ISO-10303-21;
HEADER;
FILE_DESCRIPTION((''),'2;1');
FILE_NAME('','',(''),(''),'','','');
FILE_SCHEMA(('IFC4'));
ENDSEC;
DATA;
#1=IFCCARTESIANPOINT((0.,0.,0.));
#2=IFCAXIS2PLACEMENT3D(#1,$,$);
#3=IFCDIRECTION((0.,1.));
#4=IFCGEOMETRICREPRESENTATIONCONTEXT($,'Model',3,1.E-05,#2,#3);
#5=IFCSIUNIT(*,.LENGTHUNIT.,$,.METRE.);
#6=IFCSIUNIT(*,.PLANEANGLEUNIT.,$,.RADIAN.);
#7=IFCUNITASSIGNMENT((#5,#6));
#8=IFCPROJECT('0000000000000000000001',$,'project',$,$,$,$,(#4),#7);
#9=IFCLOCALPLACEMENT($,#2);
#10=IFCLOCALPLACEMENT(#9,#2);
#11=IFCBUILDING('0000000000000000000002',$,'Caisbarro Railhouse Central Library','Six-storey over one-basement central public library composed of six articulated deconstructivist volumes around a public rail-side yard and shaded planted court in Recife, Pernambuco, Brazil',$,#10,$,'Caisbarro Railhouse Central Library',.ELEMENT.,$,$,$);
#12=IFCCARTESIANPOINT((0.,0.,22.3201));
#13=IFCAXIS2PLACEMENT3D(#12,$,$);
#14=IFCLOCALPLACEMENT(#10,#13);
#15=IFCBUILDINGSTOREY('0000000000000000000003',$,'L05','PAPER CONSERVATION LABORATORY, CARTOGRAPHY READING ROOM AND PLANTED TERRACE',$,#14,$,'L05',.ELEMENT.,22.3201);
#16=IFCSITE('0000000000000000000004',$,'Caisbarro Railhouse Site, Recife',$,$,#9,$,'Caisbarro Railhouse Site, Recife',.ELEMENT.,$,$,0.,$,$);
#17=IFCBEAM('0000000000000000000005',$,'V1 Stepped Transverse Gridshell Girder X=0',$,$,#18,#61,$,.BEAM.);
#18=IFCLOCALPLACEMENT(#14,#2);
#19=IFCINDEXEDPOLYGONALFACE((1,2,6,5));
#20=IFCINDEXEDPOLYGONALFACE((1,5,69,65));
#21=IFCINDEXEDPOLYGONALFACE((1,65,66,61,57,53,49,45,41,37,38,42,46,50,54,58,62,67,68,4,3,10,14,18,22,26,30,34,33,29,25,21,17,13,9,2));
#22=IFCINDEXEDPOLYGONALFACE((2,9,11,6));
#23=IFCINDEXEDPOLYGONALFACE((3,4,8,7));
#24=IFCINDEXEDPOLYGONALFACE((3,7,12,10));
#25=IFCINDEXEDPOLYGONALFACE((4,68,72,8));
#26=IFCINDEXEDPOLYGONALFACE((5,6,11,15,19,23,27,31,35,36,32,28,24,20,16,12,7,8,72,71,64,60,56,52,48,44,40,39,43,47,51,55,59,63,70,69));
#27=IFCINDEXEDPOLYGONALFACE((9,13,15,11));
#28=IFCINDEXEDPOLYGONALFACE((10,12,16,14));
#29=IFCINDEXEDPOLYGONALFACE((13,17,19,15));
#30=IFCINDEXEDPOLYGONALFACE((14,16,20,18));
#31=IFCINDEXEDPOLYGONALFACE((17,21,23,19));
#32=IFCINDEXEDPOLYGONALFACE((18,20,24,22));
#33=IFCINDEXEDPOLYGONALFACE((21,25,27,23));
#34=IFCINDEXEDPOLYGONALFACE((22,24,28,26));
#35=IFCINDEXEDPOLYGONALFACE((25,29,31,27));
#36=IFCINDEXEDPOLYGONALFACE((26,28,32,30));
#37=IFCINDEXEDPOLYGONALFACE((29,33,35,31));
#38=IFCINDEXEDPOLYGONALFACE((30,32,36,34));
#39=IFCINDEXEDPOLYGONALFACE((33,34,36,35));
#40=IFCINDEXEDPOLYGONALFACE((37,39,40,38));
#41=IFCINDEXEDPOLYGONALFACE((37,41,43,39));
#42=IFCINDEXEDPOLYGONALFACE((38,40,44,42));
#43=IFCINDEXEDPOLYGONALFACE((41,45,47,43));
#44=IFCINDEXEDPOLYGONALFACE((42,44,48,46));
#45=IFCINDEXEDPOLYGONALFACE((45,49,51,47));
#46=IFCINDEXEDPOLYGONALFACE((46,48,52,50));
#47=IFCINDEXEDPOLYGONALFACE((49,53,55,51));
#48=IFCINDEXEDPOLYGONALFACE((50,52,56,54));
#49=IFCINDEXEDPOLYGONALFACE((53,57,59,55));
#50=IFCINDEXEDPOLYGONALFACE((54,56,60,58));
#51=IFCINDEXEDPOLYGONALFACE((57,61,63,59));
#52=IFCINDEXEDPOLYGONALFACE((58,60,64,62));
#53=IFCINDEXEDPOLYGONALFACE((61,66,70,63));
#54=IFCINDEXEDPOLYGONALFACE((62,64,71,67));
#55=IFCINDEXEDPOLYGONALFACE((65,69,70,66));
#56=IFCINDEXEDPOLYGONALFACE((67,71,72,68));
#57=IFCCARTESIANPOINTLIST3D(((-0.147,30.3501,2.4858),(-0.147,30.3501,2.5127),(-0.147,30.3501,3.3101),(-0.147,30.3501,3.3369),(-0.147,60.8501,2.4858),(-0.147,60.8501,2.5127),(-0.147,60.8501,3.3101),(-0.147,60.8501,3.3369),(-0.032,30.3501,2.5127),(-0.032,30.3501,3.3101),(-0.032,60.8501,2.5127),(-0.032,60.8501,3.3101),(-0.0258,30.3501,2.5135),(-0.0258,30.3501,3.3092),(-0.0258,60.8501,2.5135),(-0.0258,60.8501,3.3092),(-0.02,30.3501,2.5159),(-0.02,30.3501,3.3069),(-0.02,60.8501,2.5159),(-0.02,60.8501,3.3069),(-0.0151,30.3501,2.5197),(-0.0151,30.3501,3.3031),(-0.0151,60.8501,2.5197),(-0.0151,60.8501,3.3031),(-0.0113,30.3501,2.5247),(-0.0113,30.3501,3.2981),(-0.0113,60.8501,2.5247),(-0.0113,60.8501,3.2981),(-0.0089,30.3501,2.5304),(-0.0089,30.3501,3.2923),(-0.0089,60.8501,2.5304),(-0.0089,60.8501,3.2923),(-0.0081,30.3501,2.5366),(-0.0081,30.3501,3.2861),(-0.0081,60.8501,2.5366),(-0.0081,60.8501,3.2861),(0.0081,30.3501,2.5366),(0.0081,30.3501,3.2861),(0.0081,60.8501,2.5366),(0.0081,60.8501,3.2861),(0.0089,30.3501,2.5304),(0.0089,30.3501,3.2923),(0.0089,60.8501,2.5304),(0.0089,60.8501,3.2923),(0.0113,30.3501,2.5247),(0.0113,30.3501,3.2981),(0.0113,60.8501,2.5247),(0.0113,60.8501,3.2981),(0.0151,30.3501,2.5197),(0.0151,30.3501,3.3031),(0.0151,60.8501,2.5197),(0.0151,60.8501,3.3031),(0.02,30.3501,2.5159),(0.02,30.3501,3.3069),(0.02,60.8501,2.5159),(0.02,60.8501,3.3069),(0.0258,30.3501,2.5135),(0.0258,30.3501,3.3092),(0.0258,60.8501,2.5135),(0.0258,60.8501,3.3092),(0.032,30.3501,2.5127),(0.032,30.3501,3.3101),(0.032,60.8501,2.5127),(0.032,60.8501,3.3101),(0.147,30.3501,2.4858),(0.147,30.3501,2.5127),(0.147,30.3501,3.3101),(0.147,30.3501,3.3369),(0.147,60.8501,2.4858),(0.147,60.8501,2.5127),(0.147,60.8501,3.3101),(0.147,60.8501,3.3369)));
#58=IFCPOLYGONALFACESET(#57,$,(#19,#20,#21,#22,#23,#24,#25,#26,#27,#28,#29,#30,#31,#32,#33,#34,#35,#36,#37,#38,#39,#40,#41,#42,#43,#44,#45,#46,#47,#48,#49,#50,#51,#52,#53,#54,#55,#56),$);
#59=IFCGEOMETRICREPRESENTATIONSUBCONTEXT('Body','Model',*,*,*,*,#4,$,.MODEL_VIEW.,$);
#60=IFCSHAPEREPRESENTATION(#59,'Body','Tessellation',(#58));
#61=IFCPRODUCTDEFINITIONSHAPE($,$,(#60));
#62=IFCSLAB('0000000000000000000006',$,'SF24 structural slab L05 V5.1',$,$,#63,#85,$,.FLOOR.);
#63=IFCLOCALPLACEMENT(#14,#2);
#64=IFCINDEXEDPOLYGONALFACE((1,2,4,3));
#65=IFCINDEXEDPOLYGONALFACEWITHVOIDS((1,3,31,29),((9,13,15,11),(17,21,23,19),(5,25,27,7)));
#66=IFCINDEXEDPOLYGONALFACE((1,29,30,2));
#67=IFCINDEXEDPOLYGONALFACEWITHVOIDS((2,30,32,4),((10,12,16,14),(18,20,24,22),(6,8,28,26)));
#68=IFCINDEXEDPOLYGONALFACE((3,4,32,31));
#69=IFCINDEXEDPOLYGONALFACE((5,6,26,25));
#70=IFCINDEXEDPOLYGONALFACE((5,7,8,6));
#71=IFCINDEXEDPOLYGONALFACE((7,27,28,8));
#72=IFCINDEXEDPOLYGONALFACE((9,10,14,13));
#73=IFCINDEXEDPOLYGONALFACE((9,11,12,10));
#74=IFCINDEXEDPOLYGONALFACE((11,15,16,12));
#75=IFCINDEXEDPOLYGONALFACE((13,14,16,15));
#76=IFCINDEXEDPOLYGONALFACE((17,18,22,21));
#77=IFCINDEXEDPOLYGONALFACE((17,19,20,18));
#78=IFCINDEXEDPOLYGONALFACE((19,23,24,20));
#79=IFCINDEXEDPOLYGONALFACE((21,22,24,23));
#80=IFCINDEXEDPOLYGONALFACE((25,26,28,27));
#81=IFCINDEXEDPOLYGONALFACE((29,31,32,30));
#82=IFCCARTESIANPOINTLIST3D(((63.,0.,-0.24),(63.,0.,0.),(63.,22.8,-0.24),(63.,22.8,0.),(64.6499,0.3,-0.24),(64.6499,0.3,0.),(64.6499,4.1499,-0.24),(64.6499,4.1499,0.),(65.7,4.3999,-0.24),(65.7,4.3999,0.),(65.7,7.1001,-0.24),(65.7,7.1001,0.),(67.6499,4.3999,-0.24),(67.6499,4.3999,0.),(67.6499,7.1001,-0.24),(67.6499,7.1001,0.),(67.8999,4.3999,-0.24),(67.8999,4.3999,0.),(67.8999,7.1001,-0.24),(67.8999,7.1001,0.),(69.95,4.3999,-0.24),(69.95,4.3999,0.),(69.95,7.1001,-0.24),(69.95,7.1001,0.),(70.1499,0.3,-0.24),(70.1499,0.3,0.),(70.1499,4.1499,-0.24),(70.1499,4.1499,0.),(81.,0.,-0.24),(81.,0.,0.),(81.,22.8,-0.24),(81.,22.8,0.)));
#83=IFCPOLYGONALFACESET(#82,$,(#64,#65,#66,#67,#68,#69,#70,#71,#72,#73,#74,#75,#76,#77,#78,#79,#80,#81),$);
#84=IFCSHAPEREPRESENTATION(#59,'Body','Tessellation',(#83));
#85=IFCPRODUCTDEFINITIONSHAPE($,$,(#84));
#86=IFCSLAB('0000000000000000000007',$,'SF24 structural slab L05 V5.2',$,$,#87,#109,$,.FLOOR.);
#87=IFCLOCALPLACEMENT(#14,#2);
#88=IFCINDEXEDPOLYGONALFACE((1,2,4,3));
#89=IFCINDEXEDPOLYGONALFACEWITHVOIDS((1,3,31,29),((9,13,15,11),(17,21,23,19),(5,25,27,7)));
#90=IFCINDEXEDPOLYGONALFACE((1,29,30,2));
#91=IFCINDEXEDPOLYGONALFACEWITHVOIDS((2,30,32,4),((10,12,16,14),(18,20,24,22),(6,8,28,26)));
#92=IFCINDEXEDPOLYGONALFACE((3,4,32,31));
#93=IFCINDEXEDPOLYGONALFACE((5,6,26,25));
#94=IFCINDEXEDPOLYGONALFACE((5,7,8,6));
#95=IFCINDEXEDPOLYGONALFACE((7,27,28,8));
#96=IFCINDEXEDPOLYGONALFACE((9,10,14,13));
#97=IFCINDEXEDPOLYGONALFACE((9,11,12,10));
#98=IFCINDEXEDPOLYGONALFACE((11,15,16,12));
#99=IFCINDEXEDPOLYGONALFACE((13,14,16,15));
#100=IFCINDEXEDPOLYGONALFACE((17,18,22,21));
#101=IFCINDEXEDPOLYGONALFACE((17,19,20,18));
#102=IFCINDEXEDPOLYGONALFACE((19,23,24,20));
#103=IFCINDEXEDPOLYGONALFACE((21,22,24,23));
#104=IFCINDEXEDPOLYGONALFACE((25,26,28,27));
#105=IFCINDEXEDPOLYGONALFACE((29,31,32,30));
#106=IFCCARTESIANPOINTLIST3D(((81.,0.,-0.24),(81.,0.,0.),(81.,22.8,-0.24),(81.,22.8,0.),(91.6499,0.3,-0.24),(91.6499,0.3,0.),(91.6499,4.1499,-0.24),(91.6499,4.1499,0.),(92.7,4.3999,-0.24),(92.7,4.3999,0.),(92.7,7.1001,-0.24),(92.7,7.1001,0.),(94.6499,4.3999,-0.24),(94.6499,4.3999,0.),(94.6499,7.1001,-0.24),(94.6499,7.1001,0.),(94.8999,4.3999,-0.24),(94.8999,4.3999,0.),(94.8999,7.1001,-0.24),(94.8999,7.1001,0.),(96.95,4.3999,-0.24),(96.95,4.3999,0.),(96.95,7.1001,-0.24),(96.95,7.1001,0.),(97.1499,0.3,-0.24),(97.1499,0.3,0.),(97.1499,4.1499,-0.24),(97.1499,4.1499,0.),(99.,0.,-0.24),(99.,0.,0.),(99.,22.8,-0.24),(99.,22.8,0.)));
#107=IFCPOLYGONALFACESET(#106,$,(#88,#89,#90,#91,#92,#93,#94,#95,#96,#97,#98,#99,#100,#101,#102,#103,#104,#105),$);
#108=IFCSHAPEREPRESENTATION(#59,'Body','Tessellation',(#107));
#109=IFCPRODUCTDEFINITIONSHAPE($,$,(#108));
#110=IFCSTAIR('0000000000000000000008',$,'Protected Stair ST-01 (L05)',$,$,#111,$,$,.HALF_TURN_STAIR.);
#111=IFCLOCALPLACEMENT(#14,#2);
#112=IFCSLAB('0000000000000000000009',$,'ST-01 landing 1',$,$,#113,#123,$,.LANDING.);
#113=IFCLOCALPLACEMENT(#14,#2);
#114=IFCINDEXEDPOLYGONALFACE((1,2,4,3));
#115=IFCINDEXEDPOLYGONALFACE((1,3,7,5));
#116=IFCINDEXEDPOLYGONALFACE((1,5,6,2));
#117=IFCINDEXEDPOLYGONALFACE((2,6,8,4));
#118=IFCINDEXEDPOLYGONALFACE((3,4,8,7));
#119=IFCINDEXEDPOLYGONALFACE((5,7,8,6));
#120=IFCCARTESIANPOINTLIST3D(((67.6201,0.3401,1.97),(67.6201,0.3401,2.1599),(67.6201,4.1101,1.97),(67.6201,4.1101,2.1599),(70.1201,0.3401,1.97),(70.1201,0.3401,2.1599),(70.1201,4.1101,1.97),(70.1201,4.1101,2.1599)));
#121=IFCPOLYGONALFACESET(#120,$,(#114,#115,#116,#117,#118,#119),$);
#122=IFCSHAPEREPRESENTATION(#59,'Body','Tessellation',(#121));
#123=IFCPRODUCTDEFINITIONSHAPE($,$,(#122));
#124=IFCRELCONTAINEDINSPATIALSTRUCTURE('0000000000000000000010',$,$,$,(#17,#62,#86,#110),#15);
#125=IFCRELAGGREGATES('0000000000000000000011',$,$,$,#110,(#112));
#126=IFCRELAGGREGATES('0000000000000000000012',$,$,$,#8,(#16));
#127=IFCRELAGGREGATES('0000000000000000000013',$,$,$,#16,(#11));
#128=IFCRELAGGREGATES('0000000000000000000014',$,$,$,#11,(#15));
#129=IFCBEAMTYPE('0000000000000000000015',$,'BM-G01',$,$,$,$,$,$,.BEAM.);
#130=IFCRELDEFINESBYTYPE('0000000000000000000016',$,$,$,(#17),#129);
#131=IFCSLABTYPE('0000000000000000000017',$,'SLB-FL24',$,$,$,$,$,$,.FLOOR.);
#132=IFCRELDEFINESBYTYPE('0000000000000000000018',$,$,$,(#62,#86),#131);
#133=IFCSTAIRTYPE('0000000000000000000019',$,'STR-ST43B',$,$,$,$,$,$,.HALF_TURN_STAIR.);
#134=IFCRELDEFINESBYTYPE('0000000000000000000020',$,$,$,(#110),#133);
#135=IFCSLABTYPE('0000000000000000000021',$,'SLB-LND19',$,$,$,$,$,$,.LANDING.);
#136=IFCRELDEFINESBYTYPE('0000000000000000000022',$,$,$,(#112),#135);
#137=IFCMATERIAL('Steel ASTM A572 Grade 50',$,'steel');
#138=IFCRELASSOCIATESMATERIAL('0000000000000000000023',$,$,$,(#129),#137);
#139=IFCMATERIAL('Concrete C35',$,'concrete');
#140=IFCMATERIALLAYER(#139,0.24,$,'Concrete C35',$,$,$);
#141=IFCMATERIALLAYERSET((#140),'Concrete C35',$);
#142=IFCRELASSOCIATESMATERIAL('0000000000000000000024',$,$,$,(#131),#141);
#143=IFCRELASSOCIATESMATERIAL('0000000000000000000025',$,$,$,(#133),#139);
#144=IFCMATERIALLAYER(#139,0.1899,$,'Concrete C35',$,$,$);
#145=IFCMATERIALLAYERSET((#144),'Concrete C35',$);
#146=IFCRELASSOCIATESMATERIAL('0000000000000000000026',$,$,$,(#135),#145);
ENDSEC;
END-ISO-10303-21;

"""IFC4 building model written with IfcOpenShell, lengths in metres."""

from ifc_helpers import new_model, si_unit, direction, frame, origin, origin_2d, place, context, subcontext, project, spatial, polyline, i_section, outline, extrude, material, layer, layer_set, material_profile, profile_set, type_object, element, aggregate, save


model = new_model("IFC4")

# Units and contexts
model_context = context("Model", 3, precision=1e-05, world=origin(), true_north=direction((0.0, 1.0)))
body_context = subcontext(model_context, "Body", "Model", "MODEL_VIEW")
ifc_project = project(units=[si_unit("LENGTHUNIT", "METRE"), si_unit("PLANEANGLEUNIT", "RADIAN")], contexts=[model_context])

# Site, building, storey
site_placement = place(None, origin())
site = spatial("IfcSite", under=ifc_project, at=site_placement, Name="Caisbarro Railhouse Site, Recife", LongName="Caisbarro Railhouse Site, Recife", CompositionType="ELEMENT", RefElevation=0.0)
building_placement = place(site_placement, origin())
building = spatial("IfcBuilding", under=site, at=building_placement, Name="Caisbarro Railhouse Central Library", Description="Six-storey over one-basement central public library composed of six articulated deconstructivist volumes around a public rail-side yard and shaded planted court in Recife, Pernambuco, Brazil", LongName="Caisbarro Railhouse Central Library", CompositionType="ELEMENT")
storey_placement = place(building_placement, frame((0.0, 0.0, 22.3201)))
storey = spatial("IfcBuildingStorey", under=building, at=storey_placement, Name="L05", Description="PAPER CONSERVATION LABORATORY, CARTOGRAPHY READING ROOM AND PLANTED TERRACE", LongName="L05", CompositionType="ELEMENT", Elevation=22.3201)

# Beam
ifc_material_1 = material(Name="Steel ASTM A572 Grade 50", Category="steel")
ifc_material_profile = material_profile(ifc_material_1, i_section(OverallWidth=0.2939, OverallDepth=0.8511, WebThickness=0.0161, FlangeThickness=0.0269, FilletRadius=0.0239, at=origin_2d()), Name="W840X226.0")
ifc_profile_set = profile_set([ifc_material_profile], Name="Steel ASTM A572 Grade 50")
beam_type = type_object("IfcBeamType", Name="BM-G01", PredefinedType="BEAM", material=ifc_profile_set)
beam_placement = place(storey_placement, frame((0.0, 30.3501, 2.9114), z_axis=(0.0, 1.0, 0.0), x_axis=(-1.0, 0.0, 0.0)))
element("IfcBeam", 1, at=beam_placement, inside=storey, type_object=beam_type, Name="V1 Stepped Transverse Gridshell Girder X=0", PredefinedType="BEAM", context=body_context, shape_type="SweptSolid", body=[
    extrude(i_section(OverallWidth=0.2939, OverallDepth=0.8511, WebThickness=0.0161, FlangeThickness=0.0269, FilletRadius=0.0239, at=origin_2d()), origin(), (0.0, 0.0, 1.0), 30.5),
])

# Slabs
ifc_material_2 = material(Name="Concrete C35", Category="concrete")
ifc_layer_1 = layer(ifc_material_2, 0.24, Name="Concrete C35")
ifc_layer_set_1 = layer_set([ifc_layer_1], Name="Concrete C35")
slab_type_1 = type_object("IfcSlabType", Name="SLB-FL24", PredefinedType="FLOOR", material=ifc_layer_set_1)
slab_1_placement = place(storey_placement, frame((0.0, 0.0, -0.24)))
element("IfcSlab", 2, at=slab_1_placement, inside=storey, type_object=slab_type_1, Name="SF24 structural slab L05 V5.1", PredefinedType="FLOOR", context=body_context, shape_type="SweptSolid", body=[
    extrude(outline(polyline([(63.0, 0.0), (81.0, 0.0), (81.0, 22.8), (63.0, 22.8), (63.0, 0.0)]), holes=[polyline([(64.6499, 0.3), (70.1499, 0.3), (70.1499, 4.1499), (64.6499, 4.1499), (64.6499, 0.3)]), polyline([(65.7, 4.3999), (67.6499, 4.3999), (67.6499, 7.1001), (65.7, 7.1001), (65.7, 4.3999)]), polyline([(67.8999, 4.3999), (69.95, 4.3999), (69.95, 7.1001), (67.8999, 7.1001), (67.8999, 4.3999)])]), origin(), (0.0, 0.0, 1.0), 0.24),
])
slab_2_placement = place(storey_placement, frame((0.0, 0.0, -0.24)))
element("IfcSlab", 3, at=slab_2_placement, inside=storey, type_object=slab_type_1, Name="SF24 structural slab L05 V5.2", PredefinedType="FLOOR", context=body_context, shape_type="SweptSolid", body=[
    extrude(outline(polyline([(81.0, 0.0), (99.0, 0.0), (99.0, 22.8), (81.0, 22.8), (81.0, 0.0)]), holes=[polyline([(91.6499, 0.3), (97.1499, 0.3), (97.1499, 4.1499), (91.6499, 4.1499), (91.6499, 0.3)]), polyline([(92.7, 4.3999), (94.6499, 4.3999), (94.6499, 7.1001), (92.7, 7.1001), (92.7, 4.3999)]), polyline([(94.8999, 4.3999), (96.95, 4.3999), (96.95, 7.1001), (94.8999, 7.1001), (94.8999, 4.3999)])]), origin(), (0.0, 0.0, 1.0), 0.24),
])

# Stair, slab
stair_type = type_object("IfcStairType", Name="STR-ST43B", PredefinedType="HALF_TURN_STAIR", material=ifc_material_2)
stair_placement = place(storey_placement, origin())
stair = element("IfcStair", 4, at=stair_placement, inside=storey, type_object=stair_type, Name="Protected Stair ST-01 (L05)", PredefinedType="HALF_TURN_STAIR")
ifc_layer_2 = layer(ifc_material_2, 0.1899, Name="Concrete C35")
ifc_layer_set_2 = layer_set([ifc_layer_2], Name="Concrete C35")
slab_type_2 = type_object("IfcSlabType", Name="SLB-LND19", PredefinedType="LANDING", material=ifc_layer_set_2)
slab_3_placement = place(storey_placement, frame((0.0, 0.0, 1.97)))
slab_3 = element("IfcSlab", 5, at=slab_3_placement, type_object=slab_type_2, Name="ST-01 landing 1", PredefinedType="LANDING", context=body_context, shape_type="SweptSolid", body=[
    extrude(outline(polyline([(67.6201, 0.3401), (70.1201, 0.3401), (70.1201, 4.1101), (67.6201, 4.1101), (67.6201, 0.3401)])), origin(), (0.0, 0.0, 1.0), 0.1899),
])
aggregate(stair, [slab_3])

save(model, "model.ifc")
